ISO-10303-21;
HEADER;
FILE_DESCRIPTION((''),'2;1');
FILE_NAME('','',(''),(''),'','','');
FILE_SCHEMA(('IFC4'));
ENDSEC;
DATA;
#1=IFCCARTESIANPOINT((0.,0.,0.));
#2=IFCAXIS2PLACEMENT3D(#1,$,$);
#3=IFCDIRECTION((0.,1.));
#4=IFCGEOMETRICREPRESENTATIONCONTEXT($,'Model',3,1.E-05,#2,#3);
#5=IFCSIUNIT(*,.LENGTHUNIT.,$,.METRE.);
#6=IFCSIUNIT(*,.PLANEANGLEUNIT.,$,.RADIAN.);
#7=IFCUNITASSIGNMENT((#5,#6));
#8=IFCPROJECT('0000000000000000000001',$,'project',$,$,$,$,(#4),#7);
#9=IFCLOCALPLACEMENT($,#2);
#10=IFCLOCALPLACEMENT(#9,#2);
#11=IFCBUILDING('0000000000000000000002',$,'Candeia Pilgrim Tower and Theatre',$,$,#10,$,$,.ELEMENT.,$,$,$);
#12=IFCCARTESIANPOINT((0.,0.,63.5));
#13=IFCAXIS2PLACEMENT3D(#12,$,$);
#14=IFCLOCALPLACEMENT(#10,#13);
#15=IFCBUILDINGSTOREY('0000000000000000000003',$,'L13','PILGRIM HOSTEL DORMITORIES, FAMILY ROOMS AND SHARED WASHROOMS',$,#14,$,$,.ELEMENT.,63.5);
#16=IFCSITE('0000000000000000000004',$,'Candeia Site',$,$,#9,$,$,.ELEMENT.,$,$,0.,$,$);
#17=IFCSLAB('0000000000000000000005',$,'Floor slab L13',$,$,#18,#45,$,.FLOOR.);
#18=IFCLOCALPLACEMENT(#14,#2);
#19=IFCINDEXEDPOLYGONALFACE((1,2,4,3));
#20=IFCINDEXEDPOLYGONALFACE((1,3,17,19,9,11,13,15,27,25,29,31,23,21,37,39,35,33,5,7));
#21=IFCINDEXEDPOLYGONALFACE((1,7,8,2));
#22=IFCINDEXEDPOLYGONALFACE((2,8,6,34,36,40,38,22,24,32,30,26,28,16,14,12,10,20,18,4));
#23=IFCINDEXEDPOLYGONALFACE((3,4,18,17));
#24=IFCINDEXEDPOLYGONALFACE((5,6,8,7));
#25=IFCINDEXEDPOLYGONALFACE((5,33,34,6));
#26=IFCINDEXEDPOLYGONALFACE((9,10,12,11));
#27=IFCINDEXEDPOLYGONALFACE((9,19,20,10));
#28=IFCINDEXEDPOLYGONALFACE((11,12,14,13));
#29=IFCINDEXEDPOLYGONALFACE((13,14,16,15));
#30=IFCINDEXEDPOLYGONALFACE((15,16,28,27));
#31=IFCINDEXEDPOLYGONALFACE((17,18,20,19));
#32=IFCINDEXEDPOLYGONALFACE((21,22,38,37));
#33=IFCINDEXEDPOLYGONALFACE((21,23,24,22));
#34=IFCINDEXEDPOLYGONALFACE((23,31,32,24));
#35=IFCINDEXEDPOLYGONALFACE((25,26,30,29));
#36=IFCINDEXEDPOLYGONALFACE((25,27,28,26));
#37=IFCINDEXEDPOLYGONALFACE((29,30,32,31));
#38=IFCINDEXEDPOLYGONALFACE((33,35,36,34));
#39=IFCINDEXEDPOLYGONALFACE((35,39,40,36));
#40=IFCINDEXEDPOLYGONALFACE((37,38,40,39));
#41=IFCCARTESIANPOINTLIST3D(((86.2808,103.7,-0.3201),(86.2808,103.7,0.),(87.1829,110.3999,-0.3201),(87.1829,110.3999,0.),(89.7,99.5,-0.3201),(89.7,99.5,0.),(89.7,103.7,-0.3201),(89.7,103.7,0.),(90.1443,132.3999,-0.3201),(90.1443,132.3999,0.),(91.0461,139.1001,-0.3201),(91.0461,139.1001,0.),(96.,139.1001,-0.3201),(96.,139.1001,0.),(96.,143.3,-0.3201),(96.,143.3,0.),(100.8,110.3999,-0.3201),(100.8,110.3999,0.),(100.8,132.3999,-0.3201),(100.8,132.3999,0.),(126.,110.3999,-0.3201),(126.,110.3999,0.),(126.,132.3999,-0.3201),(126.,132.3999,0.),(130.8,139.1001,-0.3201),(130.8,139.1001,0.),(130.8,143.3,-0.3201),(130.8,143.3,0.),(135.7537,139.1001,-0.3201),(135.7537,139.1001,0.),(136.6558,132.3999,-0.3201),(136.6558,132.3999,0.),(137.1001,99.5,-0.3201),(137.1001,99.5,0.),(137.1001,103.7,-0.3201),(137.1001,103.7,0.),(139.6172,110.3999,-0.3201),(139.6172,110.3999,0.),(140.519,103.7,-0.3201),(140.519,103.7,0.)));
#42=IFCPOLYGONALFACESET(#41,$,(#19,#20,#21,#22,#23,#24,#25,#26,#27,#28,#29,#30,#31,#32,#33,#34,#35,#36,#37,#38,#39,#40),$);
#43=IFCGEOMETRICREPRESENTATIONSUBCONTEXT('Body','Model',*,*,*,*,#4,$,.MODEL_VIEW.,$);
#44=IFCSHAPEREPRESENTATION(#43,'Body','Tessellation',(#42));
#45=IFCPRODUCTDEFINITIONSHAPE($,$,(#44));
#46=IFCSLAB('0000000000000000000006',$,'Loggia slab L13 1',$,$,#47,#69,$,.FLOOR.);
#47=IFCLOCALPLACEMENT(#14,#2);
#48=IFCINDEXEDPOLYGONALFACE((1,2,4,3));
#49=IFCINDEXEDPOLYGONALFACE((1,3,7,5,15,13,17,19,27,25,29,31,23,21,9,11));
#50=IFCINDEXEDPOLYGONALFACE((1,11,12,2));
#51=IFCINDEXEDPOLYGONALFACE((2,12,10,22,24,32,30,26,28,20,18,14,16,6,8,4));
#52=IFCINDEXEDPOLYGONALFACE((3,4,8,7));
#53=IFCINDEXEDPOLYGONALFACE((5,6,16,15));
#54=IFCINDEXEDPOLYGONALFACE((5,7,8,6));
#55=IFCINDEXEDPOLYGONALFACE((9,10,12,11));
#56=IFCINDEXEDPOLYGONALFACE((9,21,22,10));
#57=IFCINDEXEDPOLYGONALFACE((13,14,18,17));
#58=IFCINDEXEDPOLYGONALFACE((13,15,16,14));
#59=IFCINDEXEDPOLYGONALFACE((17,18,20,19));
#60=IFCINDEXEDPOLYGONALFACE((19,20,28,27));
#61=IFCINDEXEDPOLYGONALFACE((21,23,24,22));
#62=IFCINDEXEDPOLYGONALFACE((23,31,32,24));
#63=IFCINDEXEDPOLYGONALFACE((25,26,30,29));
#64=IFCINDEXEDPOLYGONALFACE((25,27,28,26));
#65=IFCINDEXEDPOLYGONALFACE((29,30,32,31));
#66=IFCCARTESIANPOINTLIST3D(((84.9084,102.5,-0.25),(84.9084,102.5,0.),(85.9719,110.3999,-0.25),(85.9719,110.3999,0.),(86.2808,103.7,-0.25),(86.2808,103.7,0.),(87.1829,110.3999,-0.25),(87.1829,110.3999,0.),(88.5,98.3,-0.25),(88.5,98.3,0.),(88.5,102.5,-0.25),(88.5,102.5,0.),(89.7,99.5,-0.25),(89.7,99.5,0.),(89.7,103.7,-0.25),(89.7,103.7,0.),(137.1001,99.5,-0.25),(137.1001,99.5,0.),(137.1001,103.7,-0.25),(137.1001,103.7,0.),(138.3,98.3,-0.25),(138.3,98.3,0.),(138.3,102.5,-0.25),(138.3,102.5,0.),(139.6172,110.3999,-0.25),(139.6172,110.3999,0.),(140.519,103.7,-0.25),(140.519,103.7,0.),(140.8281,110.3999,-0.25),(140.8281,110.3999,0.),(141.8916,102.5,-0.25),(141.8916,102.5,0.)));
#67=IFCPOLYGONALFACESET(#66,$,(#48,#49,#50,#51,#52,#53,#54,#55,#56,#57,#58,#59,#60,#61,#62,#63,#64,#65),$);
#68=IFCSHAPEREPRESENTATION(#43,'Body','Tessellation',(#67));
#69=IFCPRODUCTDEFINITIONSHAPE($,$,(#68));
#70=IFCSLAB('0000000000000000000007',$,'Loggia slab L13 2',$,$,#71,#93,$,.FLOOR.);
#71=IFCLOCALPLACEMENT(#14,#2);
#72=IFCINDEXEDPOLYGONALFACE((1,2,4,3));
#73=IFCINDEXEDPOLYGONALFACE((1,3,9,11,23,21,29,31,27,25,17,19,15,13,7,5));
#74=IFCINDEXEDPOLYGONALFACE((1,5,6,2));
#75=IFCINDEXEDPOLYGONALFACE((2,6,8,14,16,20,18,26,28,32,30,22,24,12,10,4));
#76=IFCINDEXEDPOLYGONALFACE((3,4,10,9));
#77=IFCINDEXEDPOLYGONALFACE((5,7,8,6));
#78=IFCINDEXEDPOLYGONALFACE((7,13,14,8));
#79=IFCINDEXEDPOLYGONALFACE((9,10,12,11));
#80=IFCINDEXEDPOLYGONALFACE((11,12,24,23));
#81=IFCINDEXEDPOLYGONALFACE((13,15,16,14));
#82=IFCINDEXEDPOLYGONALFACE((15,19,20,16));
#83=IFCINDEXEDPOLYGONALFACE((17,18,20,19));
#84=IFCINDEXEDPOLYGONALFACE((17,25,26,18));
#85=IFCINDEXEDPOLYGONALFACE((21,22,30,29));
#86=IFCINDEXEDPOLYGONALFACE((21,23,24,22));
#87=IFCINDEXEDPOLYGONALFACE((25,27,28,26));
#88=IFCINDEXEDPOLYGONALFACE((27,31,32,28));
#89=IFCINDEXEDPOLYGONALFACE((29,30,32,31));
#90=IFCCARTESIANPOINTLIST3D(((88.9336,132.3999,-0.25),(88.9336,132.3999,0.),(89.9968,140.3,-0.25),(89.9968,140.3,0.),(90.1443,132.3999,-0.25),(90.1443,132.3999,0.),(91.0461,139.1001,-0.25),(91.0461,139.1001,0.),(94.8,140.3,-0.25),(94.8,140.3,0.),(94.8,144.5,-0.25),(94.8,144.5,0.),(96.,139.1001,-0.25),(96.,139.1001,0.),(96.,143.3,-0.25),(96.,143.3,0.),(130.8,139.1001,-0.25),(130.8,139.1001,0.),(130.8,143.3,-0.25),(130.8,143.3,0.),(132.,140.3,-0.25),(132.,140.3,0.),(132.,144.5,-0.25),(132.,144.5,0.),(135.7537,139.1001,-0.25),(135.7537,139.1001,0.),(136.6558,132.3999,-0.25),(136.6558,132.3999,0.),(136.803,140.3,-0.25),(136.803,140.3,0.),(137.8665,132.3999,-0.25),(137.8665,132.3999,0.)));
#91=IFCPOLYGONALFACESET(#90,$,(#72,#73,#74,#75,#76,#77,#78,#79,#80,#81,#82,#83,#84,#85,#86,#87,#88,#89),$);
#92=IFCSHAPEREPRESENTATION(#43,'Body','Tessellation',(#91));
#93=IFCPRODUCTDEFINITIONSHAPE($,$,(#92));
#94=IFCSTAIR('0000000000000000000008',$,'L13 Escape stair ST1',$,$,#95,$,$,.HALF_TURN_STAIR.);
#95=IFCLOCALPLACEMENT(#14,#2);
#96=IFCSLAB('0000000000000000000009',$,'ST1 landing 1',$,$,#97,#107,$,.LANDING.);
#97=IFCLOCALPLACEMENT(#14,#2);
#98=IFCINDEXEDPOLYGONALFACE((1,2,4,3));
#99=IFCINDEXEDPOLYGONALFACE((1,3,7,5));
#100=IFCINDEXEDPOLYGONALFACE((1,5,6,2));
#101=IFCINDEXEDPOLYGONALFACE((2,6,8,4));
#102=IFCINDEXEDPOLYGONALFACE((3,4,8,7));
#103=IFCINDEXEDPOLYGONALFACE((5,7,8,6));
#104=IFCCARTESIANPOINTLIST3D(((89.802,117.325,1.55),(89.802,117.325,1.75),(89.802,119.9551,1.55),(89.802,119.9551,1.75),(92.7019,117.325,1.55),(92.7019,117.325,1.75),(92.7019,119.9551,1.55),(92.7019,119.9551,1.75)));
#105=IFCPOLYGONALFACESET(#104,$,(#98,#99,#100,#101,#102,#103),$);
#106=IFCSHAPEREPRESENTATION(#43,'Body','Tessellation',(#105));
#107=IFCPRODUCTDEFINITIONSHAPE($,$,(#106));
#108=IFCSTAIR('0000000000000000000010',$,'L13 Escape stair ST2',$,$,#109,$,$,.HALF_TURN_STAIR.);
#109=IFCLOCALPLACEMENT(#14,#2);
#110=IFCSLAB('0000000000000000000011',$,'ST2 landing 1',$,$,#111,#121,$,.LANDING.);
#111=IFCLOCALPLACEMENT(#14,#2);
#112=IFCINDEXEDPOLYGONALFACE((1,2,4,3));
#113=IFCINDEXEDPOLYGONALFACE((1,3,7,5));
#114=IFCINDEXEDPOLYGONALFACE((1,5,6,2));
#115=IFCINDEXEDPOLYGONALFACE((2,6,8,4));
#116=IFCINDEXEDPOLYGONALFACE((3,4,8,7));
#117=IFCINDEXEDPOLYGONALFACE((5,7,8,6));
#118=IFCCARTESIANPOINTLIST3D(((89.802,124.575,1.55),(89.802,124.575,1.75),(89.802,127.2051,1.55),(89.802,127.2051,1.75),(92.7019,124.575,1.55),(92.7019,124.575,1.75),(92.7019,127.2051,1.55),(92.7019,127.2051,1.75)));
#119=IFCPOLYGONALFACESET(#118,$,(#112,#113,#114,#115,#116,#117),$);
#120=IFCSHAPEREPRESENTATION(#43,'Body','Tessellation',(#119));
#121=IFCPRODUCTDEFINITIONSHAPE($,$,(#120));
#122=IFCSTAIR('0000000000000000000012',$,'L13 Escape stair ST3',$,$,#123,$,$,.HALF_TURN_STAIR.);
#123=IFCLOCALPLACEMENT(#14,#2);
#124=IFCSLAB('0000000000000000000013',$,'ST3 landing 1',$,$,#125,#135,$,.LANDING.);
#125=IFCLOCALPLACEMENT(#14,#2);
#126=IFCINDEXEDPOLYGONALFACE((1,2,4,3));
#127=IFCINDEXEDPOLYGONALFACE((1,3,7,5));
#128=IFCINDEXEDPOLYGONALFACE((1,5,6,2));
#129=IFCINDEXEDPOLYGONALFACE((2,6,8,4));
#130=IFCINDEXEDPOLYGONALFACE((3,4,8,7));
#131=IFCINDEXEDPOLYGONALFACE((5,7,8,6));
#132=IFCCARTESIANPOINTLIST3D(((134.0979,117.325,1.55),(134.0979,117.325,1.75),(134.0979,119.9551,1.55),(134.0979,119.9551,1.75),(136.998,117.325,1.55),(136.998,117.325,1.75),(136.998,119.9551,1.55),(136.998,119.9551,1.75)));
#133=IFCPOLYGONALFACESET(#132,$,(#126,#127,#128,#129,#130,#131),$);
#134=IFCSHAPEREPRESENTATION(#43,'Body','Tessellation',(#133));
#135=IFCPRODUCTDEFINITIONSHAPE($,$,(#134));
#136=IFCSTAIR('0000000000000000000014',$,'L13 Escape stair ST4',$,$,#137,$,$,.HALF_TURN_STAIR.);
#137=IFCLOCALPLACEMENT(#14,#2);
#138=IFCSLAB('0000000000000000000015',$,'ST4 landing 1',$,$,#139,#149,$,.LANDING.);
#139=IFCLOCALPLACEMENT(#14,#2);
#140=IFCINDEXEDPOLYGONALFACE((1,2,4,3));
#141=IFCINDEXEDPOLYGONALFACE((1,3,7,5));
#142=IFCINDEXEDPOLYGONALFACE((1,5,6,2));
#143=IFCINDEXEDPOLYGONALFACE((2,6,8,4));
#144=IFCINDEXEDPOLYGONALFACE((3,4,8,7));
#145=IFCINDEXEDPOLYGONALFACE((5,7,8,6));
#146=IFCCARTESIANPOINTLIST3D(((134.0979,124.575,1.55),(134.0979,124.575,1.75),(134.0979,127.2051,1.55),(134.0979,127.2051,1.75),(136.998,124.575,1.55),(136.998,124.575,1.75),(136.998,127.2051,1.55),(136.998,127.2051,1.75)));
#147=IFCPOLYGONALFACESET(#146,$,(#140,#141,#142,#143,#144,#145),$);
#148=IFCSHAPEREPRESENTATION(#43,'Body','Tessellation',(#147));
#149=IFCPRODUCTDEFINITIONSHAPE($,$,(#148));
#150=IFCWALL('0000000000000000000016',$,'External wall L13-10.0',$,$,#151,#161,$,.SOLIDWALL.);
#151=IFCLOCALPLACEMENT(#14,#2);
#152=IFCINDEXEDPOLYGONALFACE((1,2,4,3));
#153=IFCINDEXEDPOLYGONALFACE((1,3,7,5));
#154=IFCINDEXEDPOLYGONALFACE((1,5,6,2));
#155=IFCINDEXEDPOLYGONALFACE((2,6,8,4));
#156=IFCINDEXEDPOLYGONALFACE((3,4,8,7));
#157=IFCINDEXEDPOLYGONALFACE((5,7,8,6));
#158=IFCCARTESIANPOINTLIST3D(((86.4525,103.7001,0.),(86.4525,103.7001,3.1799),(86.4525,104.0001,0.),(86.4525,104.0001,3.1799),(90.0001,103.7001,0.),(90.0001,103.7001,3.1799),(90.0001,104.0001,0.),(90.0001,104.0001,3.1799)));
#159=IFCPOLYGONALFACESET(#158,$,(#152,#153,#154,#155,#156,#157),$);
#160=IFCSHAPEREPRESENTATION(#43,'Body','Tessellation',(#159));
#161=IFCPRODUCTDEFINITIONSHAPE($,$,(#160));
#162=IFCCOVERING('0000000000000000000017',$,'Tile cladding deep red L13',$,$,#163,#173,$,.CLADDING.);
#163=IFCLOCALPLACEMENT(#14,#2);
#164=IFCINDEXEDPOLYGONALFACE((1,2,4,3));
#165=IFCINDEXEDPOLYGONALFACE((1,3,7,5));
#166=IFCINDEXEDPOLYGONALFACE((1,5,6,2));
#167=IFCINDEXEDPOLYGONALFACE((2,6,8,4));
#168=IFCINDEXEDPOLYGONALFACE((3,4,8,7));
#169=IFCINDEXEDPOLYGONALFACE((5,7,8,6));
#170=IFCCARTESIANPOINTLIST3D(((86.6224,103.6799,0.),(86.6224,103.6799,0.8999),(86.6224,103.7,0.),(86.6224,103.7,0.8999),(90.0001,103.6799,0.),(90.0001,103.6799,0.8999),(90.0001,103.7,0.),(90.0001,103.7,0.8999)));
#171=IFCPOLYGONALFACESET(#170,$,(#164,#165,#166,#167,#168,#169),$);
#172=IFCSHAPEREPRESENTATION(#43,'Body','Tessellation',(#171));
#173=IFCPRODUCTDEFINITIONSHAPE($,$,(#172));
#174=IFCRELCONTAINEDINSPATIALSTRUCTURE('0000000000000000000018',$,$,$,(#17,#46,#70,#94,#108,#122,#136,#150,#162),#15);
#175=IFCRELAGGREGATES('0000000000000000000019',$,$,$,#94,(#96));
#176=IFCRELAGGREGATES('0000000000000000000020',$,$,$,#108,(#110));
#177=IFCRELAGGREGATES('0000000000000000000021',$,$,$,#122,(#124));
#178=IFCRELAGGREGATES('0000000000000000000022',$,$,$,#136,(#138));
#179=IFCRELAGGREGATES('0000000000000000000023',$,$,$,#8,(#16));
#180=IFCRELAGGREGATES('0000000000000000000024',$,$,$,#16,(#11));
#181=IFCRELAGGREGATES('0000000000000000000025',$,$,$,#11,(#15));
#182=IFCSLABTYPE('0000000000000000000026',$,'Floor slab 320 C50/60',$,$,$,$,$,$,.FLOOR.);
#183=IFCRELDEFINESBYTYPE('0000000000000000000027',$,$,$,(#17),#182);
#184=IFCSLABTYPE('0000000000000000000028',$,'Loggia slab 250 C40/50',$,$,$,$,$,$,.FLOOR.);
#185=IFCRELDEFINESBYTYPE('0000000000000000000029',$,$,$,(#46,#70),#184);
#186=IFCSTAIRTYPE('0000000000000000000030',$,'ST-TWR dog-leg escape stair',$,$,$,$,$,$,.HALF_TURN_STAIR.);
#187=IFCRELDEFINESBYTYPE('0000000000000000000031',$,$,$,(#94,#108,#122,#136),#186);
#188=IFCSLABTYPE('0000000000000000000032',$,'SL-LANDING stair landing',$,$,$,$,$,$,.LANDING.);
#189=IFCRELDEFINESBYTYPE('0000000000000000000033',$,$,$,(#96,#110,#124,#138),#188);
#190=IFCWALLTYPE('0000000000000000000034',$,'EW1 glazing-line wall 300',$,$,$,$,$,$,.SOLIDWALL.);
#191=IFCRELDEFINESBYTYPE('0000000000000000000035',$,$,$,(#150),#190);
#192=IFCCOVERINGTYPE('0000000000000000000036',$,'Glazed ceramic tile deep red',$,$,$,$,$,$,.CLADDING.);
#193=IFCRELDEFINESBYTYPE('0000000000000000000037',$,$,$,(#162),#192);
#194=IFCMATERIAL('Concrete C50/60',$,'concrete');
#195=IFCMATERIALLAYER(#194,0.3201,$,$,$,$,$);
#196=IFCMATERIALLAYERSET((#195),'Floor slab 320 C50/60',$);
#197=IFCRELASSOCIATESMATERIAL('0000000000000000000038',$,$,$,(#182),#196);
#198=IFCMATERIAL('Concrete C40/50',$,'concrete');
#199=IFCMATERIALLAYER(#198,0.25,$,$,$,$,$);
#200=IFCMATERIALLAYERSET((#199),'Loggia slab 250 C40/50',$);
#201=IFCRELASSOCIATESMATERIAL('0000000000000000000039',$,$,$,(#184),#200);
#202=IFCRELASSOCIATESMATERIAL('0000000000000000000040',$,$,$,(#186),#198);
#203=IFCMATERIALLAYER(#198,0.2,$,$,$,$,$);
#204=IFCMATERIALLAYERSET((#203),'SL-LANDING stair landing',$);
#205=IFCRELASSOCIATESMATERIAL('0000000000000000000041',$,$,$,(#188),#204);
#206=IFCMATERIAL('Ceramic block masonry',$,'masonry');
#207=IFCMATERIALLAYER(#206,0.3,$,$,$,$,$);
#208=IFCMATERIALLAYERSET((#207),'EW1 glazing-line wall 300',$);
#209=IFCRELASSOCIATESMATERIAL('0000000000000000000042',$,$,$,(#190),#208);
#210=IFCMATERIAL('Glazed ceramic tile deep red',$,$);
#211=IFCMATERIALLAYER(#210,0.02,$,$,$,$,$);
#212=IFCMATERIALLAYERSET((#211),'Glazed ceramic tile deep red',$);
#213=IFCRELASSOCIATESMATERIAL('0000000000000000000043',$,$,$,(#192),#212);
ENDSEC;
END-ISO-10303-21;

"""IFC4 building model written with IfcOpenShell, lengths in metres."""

from ifc_helpers import new_model, si_unit, direction, frame, frame_2d, origin, origin_2d, place, context, subcontext, project, spatial, polyline, rectangle, outline, extrude, material, layer, layer_set, type_object, element, aggregate, save


model = new_model("IFC4")

# Units and contexts
model_context = context("Model", 3, precision=1e-05, world=origin(), true_north=direction((0.0, 1.0)))
body_context = subcontext(model_context, "Body", "Model", "MODEL_VIEW")
ifc_project = project(units=[si_unit("LENGTHUNIT", "METRE"), si_unit("PLANEANGLEUNIT", "RADIAN")], contexts=[model_context])

# Site, building, storey
site_placement = place(None, origin())
site = spatial("IfcSite", under=ifc_project, at=site_placement, Name="Candeia Site", CompositionType="ELEMENT", RefElevation=0.0)
building_placement = place(site_placement, origin())
building = spatial("IfcBuilding", under=site, at=building_placement, Name="Candeia Pilgrim Tower and Theatre", CompositionType="ELEMENT")
storey_placement = place(building_placement, frame((0.0, 0.0, 63.5)))
storey = spatial("IfcBuildingStorey", under=building, at=storey_placement, Name="L13", Description="PILGRIM HOSTEL DORMITORIES, FAMILY ROOMS AND SHARED WASHROOMS", CompositionType="ELEMENT", Elevation=63.5)

# Slabs
ifc_material_1 = material(Name="Concrete C40/50", Category="concrete")
ifc_material_2 = material(Name="Concrete C50/60", Category="concrete")
ifc_layer_1 = layer(ifc_material_2, 0.3201)
ifc_layer_set_1 = layer_set([ifc_layer_1], Name="Floor slab 320 C50/60")
slab_type_1 = type_object("IfcSlabType", Name="Floor slab 320 C50/60", PredefinedType="FLOOR", material=ifc_layer_set_1)
slab_1_placement = place(storey_placement, frame((0.0, 0.0, -0.3201)))
element("IfcSlab", 1, at=slab_1_placement, inside=storey, type_object=slab_type_1, Name="Floor slab L13", PredefinedType="FLOOR", context=body_context, shape_type="SweptSolid", body=[
    extrude(outline(polyline([(96.0, 139.1001), (96.0, 143.3), (130.8, 143.3), (130.8, 139.1001), (135.7537, 139.1001), (136.6558, 132.3999), (126.0, 132.3999), (126.0, 110.3999), (139.6172, 110.3999), (140.519, 103.7), (137.1001, 103.7), (137.1001, 99.5), (89.7, 99.5), (89.7, 103.7), (86.2808, 103.7), (87.1829, 110.3999), (100.8, 110.3999), (100.8, 132.3999), (90.1443, 132.3999), (91.0461, 139.1001), (96.0, 139.1001)])), origin(), (0.0, 0.0, 1.0), 0.3201),
])
ifc_layer_2 = layer(ifc_material_1, 0.25)
ifc_layer_set_2 = layer_set([ifc_layer_2], Name="Loggia slab 250 C40/50")
slab_type_2 = type_object("IfcSlabType", Name="Loggia slab 250 C40/50", PredefinedType="FLOOR", material=ifc_layer_set_2)
slab_2_placement = place(storey_placement, frame((0.0, 0.0, -0.25)))
element("IfcSlab", 2, at=slab_2_placement, inside=storey, type_object=slab_type_2, Name="Loggia slab L13 1", PredefinedType="FLOOR", context=body_context, shape_type="SweptSolid", body=[
    extrude(outline(polyline([(87.1829, 110.3999), (86.2808, 103.7), (89.7, 103.7), (89.7, 99.5), (137.1001, 99.5), (137.1001, 103.7), (140.519, 103.7), (139.6172, 110.3999), (140.8281, 110.3999), (141.8916, 102.5), (138.3, 102.5), (138.3, 98.3), (88.5, 98.3), (88.5, 102.5), (84.9084, 102.5), (85.9719, 110.3999), (87.1829, 110.3999)])), origin(), (0.0, 0.0, 1.0), 0.25),
])
slab_3_placement = place(storey_placement, frame((0.0, 0.0, -0.25)))
element("IfcSlab", 3, at=slab_3_placement, inside=storey, type_object=slab_type_2, Name="Loggia slab L13 2", PredefinedType="FLOOR", context=body_context, shape_type="SweptSolid", body=[
    extrude(outline(polyline([(136.6558, 132.3999), (135.7537, 139.1001), (130.8, 139.1001), (130.8, 143.3), (96.0, 143.3), (96.0, 139.1001), (91.0461, 139.1001), (90.1443, 132.3999), (88.9336, 132.3999), (89.9968, 140.3), (94.8, 140.3), (94.8, 144.5), (132.0, 144.5), (132.0, 140.3), (136.803, 140.3), (137.8665, 132.3999), (136.6558, 132.3999)])), origin(), (0.0, 0.0, 1.0), 0.25),
])

# Stairs, slabs
stair_type = type_object("IfcStairType", Name="ST-TWR dog-leg escape stair", PredefinedType="HALF_TURN_STAIR", material=ifc_material_1)
stair_1_placement = place(storey_placement, origin())
stair_1 = element("IfcStair", 4, at=stair_1_placement, inside=storey, type_object=stair_type, Name="L13 Escape stair ST1", PredefinedType="HALF_TURN_STAIR")
ifc_layer_3 = layer(ifc_material_1, 0.2)
ifc_layer_set_3 = layer_set([ifc_layer_3], Name="SL-LANDING stair landing")
slab_type_3 = type_object("IfcSlabType", Name="SL-LANDING stair landing", PredefinedType="LANDING", material=ifc_layer_set_3)
slab_4_placement = place(storey_placement, frame((0.0, 0.0, 1.55)))
slab_4 = element("IfcSlab", 5, at=slab_4_placement, type_object=slab_type_3, Name="ST1 landing 1", PredefinedType="LANDING", context=body_context, shape_type="SweptSolid", body=[
    extrude(outline(polyline([(89.802, 119.9551), (89.802, 117.325), (92.7019, 117.325), (92.7019, 119.9551), (89.802, 119.9551)])), origin(), (0.0, 0.0, 1.0), 0.2),
])
aggregate(stair_1, [slab_4])
stair_2_placement = place(storey_placement, origin())
stair_2 = element("IfcStair", 6, at=stair_2_placement, inside=storey, type_object=stair_type, Name="L13 Escape stair ST2", PredefinedType="HALF_TURN_STAIR")
slab_5_placement = place(storey_placement, frame((0.0, 0.0, 1.55)))
slab_5 = element("IfcSlab", 7, at=slab_5_placement, type_object=slab_type_3, Name="ST2 landing 1", PredefinedType="LANDING", context=body_context, shape_type="SweptSolid", body=[
    extrude(outline(polyline([(89.802, 127.2051), (89.802, 124.575), (92.7019, 124.575), (92.7019, 127.2051), (89.802, 127.2051)])), origin(), (0.0, 0.0, 1.0), 0.2),
])
aggregate(stair_2, [slab_5])
stair_3_placement = place(storey_placement, origin())
stair_3 = element("IfcStair", 8, at=stair_3_placement, inside=storey, type_object=stair_type, Name="L13 Escape stair ST3", PredefinedType="HALF_TURN_STAIR")
slab_6_placement = place(storey_placement, frame((0.0, 0.0, 1.55)))
slab_6 = element("IfcSlab", 9, at=slab_6_placement, type_object=slab_type_3, Name="ST3 landing 1", PredefinedType="LANDING", context=body_context, shape_type="SweptSolid", body=[
    extrude(outline(polyline([(134.0979, 119.9551), (134.0979, 117.325), (136.998, 117.325), (136.998, 119.9551), (134.0979, 119.9551)])), origin(), (0.0, 0.0, 1.0), 0.2),
])
aggregate(stair_3, [slab_6])
stair_4_placement = place(storey_placement, origin())
stair_4 = element("IfcStair", 10, at=stair_4_placement, inside=storey, type_object=stair_type, Name="L13 Escape stair ST4", PredefinedType="HALF_TURN_STAIR")
slab_7_placement = place(storey_placement, frame((0.0, 0.0, 1.55)))
slab_7 = element("IfcSlab", 11, at=slab_7_placement, type_object=slab_type_3, Name="ST4 landing 1", PredefinedType="LANDING", context=body_context, shape_type="SweptSolid", body=[
    extrude(outline(polyline([(134.0979, 127.2051), (134.0979, 124.575), (136.998, 124.575), (136.998, 127.2051), (134.0979, 127.2051)])), origin(), (0.0, 0.0, 1.0), 0.2),
])
aggregate(stair_4, [slab_7])

# Wall
ifc_material_3 = material(Name="Ceramic block masonry", Category="masonry")
ifc_layer_4 = layer(ifc_material_3, 0.3)
ifc_layer_set_4 = layer_set([ifc_layer_4], Name="EW1 glazing-line wall 300")
wall_type = type_object("IfcWallType", Name="EW1 glazing-line wall 300", PredefinedType="SOLIDWALL", material=ifc_layer_set_4)
wall_placement = place(storey_placement, frame((86.4524, 103.8501, 0.0), z_axis=(0.0, 0.0, 1.0), x_axis=(1.0, 0.0, 0.0)))
element("IfcWall", 12, at=wall_placement, inside=storey, type_object=wall_type, Name="External wall L13-10.0", PredefinedType="SOLIDWALL", context=body_context, shape_type="SweptSolid", body=[
    extrude(rectangle(XDim=3.5476, YDim=0.3, at=frame_2d((1.7739, 0.0))), origin(), (0.0, 0.0, 1.0), 3.1799),
])

# Covering
ifc_material_4 = material(Name="Glazed ceramic tile deep red")
ifc_layer_5 = layer(ifc_material_4, 0.02)
ifc_layer_set_5 = layer_set([ifc_layer_5], Name="Glazed ceramic tile deep red")
covering_type = type_object("IfcCoveringType", Name="Glazed ceramic tile deep red", PredefinedType="CLADDING", material=ifc_layer_set_5)
covering_placement = place(storey_placement, frame((88.3113, 103.6899, 0.0), z_axis=(0.0, 0.0, 1.0), x_axis=(1.0, 0.0, 0.0)))
element("IfcCovering", 13, at=covering_placement, inside=storey, type_object=covering_type, Name="Tile cladding deep red L13", PredefinedType="CLADDING", context=body_context, shape_type="SweptSolid", body=[
    extrude(rectangle(XDim=3.3777, YDim=0.02, at=origin_2d()), origin(), (0.0, 0.0, 1.0), 0.8999),
])

save(model, "model.ifc")
